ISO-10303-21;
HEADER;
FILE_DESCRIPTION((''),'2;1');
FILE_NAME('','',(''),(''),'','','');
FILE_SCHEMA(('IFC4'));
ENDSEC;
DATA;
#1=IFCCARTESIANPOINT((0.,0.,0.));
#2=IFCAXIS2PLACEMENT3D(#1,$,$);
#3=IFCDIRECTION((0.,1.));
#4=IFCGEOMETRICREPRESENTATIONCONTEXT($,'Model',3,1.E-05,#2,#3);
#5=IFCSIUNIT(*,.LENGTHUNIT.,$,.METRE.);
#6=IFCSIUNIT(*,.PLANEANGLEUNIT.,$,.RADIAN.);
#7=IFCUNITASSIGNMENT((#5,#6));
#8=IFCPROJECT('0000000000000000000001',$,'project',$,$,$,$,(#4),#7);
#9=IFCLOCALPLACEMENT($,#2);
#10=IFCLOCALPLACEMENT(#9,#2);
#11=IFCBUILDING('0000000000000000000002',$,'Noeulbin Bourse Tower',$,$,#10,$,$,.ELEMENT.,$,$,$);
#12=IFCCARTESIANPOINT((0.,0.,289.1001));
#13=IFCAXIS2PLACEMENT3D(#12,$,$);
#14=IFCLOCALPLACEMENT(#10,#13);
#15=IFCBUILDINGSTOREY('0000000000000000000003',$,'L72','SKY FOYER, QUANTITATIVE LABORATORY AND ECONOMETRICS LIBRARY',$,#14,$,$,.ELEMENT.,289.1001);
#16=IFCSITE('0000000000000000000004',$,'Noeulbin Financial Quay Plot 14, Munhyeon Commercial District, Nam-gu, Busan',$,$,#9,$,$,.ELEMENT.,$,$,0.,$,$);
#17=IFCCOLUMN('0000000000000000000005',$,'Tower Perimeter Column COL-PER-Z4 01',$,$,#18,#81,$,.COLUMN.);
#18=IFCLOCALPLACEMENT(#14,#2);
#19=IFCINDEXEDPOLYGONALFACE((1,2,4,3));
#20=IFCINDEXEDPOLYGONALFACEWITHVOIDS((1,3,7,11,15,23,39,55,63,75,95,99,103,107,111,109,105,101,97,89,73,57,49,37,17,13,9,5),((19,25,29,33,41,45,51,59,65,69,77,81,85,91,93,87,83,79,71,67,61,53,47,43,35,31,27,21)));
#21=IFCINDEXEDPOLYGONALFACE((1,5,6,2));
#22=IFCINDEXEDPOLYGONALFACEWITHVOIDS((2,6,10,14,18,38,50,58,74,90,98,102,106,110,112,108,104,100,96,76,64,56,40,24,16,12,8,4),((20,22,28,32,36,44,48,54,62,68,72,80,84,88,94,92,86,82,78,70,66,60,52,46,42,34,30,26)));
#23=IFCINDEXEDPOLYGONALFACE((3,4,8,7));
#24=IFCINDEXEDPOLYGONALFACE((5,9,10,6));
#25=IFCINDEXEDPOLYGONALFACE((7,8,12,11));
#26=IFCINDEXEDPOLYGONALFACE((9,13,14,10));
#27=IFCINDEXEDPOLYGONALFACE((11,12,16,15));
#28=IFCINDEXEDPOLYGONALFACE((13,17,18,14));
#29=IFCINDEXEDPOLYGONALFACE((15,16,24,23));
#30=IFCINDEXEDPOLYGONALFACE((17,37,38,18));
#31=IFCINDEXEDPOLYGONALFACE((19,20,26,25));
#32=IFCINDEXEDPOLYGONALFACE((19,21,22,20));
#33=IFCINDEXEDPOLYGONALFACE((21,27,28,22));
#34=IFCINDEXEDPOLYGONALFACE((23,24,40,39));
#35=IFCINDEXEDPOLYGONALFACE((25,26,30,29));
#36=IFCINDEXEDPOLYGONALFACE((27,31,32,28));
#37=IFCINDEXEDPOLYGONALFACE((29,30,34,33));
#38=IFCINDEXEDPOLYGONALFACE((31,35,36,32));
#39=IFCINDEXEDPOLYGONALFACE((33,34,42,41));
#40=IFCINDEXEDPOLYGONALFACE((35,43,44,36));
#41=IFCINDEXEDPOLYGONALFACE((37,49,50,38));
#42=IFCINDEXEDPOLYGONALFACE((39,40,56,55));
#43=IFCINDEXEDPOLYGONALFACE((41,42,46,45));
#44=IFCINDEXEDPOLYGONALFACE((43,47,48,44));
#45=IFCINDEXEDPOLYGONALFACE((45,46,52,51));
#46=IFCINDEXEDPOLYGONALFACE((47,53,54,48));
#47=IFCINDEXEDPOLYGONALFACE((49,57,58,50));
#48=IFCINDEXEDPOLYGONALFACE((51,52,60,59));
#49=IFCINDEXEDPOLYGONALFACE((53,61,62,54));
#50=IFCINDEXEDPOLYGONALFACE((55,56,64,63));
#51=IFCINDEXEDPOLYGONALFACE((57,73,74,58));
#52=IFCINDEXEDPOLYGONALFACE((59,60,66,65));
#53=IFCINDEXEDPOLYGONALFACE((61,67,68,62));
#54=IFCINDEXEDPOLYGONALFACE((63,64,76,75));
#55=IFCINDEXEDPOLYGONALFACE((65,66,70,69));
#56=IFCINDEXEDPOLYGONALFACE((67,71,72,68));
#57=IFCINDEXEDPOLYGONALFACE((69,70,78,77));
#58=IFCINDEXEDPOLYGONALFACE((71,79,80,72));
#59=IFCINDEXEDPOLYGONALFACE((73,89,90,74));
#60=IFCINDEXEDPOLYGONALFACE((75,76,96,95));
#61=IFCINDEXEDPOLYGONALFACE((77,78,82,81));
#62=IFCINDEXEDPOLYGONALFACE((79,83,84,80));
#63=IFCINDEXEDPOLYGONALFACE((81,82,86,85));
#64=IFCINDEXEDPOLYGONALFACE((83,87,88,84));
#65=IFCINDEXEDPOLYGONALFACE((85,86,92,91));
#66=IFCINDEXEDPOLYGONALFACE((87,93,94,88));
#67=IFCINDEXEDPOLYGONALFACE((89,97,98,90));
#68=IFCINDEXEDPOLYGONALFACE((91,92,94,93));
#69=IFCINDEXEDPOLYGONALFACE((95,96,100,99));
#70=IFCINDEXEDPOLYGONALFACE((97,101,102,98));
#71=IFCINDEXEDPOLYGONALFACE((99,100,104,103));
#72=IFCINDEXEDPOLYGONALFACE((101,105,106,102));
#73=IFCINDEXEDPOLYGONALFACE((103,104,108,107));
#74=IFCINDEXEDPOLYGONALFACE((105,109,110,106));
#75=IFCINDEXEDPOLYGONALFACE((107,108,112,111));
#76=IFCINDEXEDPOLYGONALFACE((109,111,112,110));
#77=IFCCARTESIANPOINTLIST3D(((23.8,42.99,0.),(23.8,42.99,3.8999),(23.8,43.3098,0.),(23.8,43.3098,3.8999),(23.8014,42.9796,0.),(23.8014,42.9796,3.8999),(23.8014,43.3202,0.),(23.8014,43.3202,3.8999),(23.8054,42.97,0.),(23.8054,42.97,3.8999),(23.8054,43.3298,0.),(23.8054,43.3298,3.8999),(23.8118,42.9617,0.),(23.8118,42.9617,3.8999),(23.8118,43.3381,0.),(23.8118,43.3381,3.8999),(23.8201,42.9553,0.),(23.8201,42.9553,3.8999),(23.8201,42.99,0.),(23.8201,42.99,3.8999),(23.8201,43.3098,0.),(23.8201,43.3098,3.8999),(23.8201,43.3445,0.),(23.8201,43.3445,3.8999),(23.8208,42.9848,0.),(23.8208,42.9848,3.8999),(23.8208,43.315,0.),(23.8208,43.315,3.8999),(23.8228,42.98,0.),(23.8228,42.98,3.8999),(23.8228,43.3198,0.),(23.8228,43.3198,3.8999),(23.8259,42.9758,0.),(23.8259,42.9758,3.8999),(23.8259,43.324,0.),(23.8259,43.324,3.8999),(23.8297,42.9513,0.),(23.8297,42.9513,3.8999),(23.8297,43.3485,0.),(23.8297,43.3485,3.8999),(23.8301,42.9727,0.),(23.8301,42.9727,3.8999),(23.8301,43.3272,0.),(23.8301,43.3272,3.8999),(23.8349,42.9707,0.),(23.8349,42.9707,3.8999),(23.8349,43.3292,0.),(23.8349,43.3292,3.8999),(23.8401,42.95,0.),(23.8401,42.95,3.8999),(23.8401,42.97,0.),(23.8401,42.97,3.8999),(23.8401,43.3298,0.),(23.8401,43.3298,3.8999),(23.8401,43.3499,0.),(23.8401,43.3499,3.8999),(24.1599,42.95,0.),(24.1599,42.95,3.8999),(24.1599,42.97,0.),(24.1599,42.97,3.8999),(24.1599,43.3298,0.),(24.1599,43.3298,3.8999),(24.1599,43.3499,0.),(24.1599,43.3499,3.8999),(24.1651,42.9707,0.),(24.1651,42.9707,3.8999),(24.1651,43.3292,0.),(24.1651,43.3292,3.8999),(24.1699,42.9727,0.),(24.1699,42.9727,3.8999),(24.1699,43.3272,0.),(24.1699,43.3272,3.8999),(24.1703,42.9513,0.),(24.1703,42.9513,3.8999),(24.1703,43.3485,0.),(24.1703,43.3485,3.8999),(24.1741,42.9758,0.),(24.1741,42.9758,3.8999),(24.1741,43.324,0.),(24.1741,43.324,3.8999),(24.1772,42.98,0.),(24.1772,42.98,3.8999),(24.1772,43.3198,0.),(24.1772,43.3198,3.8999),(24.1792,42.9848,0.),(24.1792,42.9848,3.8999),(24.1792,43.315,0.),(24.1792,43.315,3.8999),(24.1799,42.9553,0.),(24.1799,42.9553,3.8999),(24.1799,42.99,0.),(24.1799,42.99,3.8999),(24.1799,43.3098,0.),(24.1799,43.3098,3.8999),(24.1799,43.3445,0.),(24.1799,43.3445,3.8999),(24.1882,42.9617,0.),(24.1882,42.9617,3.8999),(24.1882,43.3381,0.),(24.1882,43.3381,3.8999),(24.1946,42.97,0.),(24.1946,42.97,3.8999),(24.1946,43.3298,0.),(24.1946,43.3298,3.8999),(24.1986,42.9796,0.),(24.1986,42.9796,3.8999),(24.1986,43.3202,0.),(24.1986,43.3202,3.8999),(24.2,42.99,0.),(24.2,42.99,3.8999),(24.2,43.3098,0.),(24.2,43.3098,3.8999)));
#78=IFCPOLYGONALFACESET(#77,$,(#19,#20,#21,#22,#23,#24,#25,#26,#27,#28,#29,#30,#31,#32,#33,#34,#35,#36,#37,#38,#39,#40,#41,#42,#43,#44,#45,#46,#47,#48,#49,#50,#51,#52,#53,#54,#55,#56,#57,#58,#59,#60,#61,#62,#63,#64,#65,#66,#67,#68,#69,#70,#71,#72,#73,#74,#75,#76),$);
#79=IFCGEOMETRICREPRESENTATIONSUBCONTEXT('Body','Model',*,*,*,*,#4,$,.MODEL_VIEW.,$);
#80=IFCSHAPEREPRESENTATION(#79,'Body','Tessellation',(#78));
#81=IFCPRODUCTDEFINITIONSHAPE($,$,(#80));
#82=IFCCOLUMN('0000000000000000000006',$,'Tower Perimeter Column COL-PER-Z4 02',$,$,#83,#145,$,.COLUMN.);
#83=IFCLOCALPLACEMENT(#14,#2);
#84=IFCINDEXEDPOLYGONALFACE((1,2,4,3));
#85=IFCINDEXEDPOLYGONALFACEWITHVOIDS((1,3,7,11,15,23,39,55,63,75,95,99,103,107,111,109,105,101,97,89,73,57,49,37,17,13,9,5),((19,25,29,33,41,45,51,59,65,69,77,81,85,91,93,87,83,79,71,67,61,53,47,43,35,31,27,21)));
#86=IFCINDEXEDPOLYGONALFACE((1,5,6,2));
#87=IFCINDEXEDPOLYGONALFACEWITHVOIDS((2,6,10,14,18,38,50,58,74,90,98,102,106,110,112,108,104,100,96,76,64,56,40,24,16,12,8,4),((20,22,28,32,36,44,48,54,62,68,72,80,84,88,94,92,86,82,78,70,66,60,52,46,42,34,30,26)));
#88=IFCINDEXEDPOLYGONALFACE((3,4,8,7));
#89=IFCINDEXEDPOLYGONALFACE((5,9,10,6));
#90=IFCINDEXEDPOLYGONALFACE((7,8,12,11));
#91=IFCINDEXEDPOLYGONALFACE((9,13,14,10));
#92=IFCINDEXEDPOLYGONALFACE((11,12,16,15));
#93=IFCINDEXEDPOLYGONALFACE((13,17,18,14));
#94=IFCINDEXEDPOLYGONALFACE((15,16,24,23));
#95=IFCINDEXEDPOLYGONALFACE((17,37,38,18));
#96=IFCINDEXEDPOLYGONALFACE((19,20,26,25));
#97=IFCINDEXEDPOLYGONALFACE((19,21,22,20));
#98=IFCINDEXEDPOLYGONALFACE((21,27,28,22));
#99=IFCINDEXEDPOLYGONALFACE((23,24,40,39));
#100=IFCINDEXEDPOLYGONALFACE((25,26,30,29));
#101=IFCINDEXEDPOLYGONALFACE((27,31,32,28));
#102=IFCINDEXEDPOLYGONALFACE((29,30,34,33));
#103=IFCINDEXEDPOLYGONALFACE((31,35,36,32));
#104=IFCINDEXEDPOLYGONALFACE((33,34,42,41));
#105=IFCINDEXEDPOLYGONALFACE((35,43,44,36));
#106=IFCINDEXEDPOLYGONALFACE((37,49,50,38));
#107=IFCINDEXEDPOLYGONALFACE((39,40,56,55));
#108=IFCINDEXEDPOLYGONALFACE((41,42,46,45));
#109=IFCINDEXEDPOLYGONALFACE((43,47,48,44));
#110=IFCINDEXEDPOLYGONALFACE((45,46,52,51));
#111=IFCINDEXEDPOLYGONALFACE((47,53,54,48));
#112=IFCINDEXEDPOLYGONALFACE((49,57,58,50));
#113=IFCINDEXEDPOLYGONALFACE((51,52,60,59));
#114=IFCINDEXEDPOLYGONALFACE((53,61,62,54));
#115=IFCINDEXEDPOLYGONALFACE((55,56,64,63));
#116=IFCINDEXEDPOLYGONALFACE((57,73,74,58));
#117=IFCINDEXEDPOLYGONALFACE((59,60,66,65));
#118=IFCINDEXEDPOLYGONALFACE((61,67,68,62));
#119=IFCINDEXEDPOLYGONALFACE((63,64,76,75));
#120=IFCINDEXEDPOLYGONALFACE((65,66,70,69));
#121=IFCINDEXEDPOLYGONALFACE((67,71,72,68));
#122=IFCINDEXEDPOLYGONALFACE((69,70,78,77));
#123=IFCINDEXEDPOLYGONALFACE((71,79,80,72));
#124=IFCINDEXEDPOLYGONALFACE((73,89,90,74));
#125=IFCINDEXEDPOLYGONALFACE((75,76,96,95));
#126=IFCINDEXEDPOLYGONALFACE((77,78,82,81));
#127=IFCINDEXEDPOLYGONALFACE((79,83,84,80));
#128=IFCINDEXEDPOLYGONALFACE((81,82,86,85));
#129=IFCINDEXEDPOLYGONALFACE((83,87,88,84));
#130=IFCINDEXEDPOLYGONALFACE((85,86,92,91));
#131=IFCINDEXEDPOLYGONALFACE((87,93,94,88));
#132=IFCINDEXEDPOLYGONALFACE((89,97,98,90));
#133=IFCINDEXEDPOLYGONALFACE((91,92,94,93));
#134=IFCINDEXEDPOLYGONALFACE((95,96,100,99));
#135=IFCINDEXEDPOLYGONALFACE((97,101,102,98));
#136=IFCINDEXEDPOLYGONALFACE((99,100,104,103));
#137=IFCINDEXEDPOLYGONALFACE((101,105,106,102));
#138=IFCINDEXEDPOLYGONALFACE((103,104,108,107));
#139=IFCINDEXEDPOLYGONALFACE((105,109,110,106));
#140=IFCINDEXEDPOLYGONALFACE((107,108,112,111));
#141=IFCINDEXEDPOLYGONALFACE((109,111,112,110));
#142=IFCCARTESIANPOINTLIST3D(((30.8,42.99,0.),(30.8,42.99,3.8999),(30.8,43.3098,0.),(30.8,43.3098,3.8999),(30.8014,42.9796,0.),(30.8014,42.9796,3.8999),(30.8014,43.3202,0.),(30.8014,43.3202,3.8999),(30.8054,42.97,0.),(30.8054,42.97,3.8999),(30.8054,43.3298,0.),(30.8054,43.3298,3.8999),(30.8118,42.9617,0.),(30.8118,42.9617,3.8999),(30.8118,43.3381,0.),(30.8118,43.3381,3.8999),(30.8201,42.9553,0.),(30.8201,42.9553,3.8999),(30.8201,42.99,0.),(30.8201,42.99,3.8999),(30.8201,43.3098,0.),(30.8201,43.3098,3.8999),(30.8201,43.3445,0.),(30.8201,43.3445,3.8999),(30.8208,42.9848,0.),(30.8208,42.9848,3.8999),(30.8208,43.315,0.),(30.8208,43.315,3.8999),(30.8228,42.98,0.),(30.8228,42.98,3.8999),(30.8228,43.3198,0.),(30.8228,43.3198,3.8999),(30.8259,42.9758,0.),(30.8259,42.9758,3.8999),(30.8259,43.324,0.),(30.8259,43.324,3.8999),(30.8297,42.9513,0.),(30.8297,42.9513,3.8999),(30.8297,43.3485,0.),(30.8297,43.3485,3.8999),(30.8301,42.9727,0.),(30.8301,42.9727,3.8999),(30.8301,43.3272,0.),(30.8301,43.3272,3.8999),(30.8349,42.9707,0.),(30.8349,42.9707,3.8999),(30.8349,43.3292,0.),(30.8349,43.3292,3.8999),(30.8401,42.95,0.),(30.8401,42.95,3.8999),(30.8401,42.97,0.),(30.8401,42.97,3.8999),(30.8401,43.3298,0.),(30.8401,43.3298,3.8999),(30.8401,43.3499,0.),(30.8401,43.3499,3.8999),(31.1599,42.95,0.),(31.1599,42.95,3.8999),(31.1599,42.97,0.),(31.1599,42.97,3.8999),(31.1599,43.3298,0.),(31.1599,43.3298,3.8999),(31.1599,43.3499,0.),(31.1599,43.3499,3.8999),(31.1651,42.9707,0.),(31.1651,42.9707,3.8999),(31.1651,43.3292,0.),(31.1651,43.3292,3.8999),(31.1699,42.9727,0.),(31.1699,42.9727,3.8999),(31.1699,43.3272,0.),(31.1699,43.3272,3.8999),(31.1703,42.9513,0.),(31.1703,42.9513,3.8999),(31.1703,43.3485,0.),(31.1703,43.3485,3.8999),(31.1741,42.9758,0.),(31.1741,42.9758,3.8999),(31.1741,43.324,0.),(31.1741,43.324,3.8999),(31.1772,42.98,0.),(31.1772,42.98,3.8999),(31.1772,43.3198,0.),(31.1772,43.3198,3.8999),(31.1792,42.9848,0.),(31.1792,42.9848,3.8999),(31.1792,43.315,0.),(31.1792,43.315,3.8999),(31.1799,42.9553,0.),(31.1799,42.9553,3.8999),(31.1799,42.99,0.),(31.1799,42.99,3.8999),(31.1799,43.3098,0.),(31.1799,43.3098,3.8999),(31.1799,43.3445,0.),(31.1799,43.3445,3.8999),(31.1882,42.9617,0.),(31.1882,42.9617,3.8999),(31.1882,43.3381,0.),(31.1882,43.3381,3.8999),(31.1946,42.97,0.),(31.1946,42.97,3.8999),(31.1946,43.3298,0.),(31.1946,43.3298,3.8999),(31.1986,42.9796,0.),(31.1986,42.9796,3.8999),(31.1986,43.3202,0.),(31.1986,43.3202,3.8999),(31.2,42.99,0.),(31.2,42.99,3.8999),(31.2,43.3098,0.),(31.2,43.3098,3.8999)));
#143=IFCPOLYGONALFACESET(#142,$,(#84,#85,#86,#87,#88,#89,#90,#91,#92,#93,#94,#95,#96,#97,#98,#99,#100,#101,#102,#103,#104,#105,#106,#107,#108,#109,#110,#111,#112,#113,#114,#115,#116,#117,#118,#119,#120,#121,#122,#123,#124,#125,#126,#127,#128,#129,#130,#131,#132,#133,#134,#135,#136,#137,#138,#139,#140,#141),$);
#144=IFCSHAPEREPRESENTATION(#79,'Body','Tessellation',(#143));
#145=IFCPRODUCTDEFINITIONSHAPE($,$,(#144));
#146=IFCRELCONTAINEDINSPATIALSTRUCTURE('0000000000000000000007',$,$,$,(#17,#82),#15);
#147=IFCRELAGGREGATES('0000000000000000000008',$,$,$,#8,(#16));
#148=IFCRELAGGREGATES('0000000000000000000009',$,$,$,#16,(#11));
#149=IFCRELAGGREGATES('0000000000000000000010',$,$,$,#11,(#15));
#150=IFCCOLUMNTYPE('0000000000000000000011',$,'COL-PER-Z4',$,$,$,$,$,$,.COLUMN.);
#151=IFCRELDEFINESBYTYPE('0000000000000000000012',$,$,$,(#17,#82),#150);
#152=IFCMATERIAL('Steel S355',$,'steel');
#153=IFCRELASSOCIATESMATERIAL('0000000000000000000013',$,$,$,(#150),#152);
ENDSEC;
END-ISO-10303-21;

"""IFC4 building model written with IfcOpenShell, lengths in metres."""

from ifc_helpers import new_model, si_unit, direction, frame, origin, origin_2d, place, context, subcontext, project, spatial, hollow_rectangle, extrude, material, material_profile, profile_set, type_object, element, save


model = new_model("IFC4")

# Units and contexts
model_context = context("Model", 3, precision=1e-05, world=origin(), true_north=direction((0.0, 1.0)))
body_context = subcontext(model_context, "Body", "Model", "MODEL_VIEW")
ifc_project = project(units=[si_unit("LENGTHUNIT", "METRE"), si_unit("PLANEANGLEUNIT", "RADIAN")], contexts=[model_context])

# Site, building, storey
site_placement = place(None, origin())
site = spatial("IfcSite", under=ifc_project, at=site_placement, Name="Noeulbin Financial Quay Plot 14, Munhyeon Commercial District, Nam-gu, Busan", CompositionType="ELEMENT", RefElevation=0.0)
building_placement = place(site_placement, origin())
building = spatial("IfcBuilding", under=site, at=building_placement, Name="Noeulbin Bourse Tower", CompositionType="ELEMENT")
storey_placement = place(building_placement, frame((0.0, 0.0, 289.1001)))
storey = spatial("IfcBuildingStorey", under=building, at=storey_placement, Name="L72", Description="SKY FOYER, QUANTITATIVE LABORATORY AND ECONOMETRICS LIBRARY", CompositionType="ELEMENT", Elevation=289.1001)

# Columns
ifc_material_1 = material(Name="Steel S355", Category="steel")
ifc_material_profile_1 = material_profile(ifc_material_1, hollow_rectangle(XDim=0.3999, YDim=0.3999, WallThickness=0.02, InnerFilletRadius=0.02, OuterFilletRadius=0.04, at=origin_2d()), Name="SHS-400x400x20", Category="LoadBearing")
ifc_profile_set_1 = profile_set([ifc_material_profile_1], Name="Steel S355")
column_type_1 = type_object("IfcColumnType", Name="COL-PER-Z4", PredefinedType="COLUMN", material=ifc_profile_set_1)
for number, where, z_axis, x_axis, name in (
    (1, (24.0, 43.1499, 0.0), (0.0, 0.0, 1.0), (1.0, 0.0, 0.0), "Tower Perimeter Column COL-PER-Z4 01"),
    (2, (31.0, 43.1499, 0.0), (0.0, 0.0, 1.0), (1.0, 0.0, 0.0), "Tower Perimeter Column COL-PER-Z4 02"),
):
    element("IfcColumn", number, at=place(storey_placement, frame(where, z_axis=z_axis, x_axis=x_axis)), inside=storey, type_object=column_type_1, Name=name, PredefinedType="COLUMN", context=body_context, shape_type="SweptSolid", body=[
        extrude(hollow_rectangle(XDim=0.3999, YDim=0.3999, WallThickness=0.02, InnerFilletRadius=0.02, OuterFilletRadius=0.04, at=origin_2d()), origin(), (0.0, 0.0, 1.0), 3.8999),
    ])

save(model, "model.ifc")
